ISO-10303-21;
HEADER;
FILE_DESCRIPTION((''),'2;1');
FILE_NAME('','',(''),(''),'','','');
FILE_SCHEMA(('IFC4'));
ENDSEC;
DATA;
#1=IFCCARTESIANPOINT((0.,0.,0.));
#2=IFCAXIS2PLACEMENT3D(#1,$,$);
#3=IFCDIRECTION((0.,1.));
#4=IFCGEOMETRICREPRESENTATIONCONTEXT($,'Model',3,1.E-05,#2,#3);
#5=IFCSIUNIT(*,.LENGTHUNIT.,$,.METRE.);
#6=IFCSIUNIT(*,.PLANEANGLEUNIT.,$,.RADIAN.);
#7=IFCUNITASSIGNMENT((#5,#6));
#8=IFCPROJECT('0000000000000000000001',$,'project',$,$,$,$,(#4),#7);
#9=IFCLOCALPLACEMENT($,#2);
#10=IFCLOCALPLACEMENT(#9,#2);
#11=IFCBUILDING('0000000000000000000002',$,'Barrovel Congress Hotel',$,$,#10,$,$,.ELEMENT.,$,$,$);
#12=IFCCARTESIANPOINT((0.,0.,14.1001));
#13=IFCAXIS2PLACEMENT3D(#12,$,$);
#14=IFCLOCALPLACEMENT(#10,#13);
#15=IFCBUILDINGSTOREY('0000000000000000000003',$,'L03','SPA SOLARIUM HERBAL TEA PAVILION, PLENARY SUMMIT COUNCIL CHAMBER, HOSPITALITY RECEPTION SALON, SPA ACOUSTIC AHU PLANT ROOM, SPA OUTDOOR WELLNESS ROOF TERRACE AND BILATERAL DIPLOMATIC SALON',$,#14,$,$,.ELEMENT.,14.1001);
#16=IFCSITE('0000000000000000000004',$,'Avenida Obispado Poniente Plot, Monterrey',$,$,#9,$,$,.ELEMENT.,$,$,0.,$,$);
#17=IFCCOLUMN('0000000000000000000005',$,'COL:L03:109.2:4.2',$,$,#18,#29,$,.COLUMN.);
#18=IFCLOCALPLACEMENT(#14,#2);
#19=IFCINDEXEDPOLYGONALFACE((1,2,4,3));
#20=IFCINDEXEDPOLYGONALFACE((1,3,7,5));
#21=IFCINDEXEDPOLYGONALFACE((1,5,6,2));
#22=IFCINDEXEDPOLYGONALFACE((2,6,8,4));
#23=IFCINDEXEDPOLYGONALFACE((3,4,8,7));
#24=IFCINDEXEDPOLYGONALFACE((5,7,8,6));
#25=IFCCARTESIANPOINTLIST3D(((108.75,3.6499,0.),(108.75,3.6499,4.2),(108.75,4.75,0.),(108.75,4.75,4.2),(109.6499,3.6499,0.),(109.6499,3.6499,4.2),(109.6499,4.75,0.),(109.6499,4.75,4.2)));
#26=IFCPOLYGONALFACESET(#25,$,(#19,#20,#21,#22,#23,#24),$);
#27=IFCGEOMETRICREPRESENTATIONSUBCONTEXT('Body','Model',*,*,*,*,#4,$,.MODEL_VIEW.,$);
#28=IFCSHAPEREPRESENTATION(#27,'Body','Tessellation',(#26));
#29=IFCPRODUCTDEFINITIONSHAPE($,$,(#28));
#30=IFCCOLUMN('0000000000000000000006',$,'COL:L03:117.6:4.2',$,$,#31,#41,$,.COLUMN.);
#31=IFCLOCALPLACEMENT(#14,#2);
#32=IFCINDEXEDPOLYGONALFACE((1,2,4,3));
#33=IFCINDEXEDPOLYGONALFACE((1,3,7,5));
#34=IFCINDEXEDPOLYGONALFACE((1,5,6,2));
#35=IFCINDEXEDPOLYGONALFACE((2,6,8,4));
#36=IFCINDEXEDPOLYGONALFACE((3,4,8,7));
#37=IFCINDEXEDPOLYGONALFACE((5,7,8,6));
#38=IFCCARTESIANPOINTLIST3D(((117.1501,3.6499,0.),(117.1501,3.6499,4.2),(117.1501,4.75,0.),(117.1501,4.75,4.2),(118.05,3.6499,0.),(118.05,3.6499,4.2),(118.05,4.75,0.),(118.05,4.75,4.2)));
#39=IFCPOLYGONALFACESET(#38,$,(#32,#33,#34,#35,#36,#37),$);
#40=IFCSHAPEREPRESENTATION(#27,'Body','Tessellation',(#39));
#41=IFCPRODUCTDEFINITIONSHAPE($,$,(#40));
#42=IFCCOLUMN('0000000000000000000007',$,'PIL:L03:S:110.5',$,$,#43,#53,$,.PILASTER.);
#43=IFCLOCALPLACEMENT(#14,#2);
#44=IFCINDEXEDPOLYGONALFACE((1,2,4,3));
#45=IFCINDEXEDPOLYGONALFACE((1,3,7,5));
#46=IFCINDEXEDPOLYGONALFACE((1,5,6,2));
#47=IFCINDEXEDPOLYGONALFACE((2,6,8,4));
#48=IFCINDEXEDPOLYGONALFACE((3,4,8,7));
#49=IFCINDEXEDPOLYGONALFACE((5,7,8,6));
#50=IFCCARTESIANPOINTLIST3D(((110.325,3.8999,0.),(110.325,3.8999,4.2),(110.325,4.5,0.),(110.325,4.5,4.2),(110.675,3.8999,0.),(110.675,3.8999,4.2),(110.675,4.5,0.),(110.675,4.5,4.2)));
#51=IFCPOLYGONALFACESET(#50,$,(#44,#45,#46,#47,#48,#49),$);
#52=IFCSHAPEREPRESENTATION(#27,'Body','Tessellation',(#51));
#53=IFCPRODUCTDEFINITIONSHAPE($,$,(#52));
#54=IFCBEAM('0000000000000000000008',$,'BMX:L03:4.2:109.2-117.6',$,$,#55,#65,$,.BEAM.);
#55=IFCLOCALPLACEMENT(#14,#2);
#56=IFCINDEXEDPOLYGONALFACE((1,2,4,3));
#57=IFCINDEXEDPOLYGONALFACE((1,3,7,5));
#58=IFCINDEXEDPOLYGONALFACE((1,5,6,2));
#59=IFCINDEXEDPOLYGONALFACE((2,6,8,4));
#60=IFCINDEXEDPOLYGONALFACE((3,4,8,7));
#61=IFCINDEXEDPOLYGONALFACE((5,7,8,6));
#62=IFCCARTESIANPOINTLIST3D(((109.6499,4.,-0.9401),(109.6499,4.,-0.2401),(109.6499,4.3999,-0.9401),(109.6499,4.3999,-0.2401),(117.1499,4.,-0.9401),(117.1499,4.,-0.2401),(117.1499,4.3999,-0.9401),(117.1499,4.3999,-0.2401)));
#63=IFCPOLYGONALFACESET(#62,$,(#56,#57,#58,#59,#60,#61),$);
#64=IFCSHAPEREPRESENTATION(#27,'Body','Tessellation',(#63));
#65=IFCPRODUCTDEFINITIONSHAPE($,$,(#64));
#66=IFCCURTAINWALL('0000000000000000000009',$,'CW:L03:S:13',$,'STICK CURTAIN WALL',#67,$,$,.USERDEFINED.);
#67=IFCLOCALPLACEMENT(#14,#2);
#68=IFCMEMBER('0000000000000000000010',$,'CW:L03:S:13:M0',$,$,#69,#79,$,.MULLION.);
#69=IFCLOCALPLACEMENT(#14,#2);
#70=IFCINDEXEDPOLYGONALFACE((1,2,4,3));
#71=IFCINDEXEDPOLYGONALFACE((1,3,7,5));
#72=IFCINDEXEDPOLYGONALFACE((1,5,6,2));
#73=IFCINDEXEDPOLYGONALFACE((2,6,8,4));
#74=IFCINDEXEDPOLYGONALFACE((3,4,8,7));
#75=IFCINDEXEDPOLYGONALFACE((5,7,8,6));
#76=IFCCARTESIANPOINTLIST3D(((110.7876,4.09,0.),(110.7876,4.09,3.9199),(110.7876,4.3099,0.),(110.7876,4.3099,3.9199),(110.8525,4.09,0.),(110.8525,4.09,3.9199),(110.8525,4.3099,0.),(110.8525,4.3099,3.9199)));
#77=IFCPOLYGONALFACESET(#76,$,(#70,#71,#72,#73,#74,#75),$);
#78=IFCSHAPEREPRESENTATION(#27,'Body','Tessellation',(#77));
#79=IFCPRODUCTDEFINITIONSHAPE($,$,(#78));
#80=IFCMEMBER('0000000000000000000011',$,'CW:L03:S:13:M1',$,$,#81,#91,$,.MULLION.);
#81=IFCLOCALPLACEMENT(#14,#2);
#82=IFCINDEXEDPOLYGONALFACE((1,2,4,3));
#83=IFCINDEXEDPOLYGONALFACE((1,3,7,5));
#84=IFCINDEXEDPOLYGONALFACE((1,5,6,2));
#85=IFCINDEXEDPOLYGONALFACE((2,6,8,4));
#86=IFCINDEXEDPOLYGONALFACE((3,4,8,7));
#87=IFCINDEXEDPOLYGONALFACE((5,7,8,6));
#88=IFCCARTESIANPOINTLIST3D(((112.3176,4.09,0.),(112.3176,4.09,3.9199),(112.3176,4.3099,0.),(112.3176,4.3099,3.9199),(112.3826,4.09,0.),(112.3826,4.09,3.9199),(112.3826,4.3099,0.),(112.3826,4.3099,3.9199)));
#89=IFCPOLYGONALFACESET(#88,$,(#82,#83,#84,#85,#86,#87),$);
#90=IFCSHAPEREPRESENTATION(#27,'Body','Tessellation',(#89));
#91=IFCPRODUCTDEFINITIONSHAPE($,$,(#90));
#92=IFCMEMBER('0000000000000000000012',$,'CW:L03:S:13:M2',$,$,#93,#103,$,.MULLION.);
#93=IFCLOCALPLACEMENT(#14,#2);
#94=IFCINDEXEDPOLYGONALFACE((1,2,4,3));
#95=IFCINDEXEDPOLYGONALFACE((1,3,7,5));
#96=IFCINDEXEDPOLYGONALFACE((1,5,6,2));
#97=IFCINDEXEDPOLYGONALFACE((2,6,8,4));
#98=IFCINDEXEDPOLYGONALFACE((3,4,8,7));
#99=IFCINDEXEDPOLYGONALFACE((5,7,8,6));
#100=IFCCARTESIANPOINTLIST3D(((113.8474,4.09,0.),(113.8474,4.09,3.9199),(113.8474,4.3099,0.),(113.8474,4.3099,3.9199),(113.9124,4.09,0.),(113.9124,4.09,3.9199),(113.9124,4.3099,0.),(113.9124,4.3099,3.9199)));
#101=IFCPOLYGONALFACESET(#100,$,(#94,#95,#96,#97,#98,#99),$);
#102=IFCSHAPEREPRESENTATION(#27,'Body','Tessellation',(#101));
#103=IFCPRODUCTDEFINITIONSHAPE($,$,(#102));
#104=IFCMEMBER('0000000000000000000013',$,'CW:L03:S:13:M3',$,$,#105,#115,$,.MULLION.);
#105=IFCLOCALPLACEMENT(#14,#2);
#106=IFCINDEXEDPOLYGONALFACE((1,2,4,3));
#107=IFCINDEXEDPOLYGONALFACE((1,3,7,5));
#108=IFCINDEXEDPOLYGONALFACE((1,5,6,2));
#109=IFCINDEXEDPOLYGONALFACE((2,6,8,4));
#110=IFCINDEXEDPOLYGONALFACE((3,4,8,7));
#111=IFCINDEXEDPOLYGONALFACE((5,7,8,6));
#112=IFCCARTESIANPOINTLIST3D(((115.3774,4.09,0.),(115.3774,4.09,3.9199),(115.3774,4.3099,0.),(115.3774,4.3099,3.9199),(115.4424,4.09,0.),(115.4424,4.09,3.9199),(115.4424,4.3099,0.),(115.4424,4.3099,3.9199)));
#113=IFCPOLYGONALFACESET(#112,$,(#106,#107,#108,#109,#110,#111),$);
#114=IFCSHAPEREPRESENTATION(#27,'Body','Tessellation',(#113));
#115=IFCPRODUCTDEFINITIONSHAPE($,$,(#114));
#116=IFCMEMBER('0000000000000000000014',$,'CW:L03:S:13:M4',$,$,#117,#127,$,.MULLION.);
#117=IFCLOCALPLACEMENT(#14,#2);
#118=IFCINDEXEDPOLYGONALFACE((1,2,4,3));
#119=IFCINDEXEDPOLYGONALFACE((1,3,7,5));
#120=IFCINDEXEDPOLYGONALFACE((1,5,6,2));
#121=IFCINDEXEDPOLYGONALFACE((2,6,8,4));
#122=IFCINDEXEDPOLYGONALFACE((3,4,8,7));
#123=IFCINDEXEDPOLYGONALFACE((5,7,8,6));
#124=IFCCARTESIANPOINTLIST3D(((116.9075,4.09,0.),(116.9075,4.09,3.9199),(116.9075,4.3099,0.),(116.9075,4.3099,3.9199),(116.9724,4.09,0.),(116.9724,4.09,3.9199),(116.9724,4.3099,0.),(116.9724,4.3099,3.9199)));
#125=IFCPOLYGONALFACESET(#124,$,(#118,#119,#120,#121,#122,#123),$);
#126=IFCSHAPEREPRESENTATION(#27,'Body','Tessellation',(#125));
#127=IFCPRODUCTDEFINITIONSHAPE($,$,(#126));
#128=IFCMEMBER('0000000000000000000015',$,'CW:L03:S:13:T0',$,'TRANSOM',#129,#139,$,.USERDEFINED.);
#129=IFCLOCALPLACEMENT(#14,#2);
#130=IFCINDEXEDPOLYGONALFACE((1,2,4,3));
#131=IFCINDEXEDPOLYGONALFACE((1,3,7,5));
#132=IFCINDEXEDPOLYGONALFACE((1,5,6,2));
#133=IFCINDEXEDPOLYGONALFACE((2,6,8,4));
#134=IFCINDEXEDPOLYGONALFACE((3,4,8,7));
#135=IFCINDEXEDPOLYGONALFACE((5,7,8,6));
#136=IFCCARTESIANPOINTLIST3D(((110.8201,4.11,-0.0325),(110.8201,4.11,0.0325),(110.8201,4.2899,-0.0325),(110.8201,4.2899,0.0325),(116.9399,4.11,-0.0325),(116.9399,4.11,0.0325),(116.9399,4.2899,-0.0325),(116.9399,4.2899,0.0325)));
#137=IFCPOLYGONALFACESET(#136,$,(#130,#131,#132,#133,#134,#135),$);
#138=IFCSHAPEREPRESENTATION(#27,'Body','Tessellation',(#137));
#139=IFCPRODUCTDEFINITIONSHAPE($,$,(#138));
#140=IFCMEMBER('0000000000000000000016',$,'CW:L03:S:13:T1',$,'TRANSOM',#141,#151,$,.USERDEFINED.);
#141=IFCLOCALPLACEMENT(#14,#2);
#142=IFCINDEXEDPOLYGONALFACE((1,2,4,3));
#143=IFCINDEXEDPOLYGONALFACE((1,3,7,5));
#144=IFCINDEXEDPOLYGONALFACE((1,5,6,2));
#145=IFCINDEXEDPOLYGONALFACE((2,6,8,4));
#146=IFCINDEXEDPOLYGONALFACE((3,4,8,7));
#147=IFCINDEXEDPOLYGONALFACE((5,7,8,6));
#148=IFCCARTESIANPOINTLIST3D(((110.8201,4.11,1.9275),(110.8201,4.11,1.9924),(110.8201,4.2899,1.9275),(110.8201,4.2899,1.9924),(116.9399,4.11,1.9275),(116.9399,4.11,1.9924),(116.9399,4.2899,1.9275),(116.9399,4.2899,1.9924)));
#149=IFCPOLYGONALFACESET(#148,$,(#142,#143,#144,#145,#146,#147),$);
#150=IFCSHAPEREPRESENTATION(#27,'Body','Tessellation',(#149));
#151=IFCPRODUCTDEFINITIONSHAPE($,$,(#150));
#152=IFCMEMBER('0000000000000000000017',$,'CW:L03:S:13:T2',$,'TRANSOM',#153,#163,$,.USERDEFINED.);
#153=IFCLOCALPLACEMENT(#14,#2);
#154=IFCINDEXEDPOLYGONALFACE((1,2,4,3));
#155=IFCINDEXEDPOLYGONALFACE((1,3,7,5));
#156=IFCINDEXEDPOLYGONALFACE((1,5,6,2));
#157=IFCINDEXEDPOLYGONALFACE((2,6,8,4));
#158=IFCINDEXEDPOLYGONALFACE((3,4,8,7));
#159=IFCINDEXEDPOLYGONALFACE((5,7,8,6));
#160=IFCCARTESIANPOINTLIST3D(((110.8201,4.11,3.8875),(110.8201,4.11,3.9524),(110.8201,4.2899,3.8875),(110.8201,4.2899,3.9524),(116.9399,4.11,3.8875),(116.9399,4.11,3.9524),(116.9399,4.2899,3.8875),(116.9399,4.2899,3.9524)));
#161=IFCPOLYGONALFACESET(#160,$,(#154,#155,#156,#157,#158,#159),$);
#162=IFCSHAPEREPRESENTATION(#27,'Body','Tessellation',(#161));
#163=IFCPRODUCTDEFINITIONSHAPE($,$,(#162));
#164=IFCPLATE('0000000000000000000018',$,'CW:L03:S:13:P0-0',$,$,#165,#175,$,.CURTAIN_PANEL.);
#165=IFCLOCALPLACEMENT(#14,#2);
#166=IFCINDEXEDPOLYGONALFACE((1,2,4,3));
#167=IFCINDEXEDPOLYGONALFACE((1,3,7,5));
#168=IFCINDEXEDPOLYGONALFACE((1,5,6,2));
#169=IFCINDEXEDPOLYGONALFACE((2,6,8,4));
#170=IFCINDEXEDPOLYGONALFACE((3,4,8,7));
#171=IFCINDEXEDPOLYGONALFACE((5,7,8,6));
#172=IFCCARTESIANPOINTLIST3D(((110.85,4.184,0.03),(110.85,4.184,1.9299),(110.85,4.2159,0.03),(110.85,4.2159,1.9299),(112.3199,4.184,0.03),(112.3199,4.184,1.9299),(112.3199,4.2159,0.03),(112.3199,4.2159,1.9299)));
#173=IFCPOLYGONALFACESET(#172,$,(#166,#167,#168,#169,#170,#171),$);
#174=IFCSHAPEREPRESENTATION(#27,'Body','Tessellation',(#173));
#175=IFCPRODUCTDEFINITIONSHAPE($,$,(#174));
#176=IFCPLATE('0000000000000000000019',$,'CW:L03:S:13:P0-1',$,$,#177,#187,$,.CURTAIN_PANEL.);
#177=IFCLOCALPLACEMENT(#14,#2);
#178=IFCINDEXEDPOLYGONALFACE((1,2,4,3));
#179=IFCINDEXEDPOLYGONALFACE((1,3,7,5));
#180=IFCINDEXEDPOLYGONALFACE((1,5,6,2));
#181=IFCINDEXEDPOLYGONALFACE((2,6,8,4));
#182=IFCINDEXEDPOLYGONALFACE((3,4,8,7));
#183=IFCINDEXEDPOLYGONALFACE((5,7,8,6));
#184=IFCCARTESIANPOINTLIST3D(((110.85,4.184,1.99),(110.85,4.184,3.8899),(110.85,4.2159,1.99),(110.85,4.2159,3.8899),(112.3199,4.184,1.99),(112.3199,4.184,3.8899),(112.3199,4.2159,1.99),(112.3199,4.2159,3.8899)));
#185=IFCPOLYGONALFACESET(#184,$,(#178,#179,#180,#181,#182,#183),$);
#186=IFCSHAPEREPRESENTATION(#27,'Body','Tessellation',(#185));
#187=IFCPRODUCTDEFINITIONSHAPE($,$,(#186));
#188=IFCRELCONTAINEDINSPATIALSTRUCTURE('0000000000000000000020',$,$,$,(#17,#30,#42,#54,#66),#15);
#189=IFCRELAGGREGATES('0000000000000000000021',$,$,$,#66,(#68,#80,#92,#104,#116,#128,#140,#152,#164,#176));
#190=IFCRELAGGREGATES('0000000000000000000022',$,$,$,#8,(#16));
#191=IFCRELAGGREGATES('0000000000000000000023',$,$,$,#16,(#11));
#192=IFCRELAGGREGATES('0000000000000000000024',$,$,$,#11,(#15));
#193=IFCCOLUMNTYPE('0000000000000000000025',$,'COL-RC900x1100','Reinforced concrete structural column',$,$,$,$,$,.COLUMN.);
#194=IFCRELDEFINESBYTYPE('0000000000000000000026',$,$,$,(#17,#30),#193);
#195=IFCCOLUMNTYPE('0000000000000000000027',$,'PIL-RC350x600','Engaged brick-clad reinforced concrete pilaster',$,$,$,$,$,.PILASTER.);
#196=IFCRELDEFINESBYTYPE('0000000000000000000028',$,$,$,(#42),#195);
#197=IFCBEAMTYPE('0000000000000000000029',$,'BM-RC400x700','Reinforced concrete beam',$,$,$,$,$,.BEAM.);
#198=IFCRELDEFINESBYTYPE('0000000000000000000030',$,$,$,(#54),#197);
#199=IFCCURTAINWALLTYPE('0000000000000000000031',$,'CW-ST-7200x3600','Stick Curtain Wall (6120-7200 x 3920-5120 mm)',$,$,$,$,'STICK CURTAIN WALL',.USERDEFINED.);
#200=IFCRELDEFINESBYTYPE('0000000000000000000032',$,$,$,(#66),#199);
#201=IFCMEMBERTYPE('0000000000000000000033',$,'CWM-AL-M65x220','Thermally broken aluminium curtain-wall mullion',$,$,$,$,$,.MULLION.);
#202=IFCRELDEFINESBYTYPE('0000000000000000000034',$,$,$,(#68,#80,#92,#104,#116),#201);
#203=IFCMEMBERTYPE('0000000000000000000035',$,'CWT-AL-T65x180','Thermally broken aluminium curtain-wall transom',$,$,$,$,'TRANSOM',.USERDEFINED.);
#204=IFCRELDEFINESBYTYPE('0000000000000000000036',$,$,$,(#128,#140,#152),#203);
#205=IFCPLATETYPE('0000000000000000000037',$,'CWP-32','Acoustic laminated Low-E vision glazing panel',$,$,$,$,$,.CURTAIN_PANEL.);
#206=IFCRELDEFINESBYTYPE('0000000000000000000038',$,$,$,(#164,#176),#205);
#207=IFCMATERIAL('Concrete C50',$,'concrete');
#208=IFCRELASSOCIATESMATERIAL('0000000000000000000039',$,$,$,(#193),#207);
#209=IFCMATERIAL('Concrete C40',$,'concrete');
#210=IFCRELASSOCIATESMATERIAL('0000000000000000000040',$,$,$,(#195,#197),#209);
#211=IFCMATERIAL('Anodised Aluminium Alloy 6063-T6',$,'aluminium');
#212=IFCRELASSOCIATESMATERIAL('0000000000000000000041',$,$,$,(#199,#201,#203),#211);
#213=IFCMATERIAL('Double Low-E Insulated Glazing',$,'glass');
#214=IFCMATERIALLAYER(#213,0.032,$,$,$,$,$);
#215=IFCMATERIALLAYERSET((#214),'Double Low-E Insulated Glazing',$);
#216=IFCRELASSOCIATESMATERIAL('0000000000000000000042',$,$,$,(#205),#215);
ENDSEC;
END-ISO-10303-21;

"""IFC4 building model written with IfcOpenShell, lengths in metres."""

from ifc_helpers import new_model, si_unit, direction, frame, origin, origin_2d, place, context, subcontext, project, spatial, rectangle, extrude, material, layer, layer_set, material_profile, profile_set, type_object, element, aggregate, save


model = new_model("IFC4")

# Units and contexts
model_context = context("Model", 3, precision=1e-05, world=origin(), true_north=direction((0.0, 1.0)))
body_context = subcontext(model_context, "Body", "Model", "MODEL_VIEW")
ifc_project = project(units=[si_unit("LENGTHUNIT", "METRE"), si_unit("PLANEANGLEUNIT", "RADIAN")], contexts=[model_context])

# Site, building, storey
site_placement = place(None, origin())
site = spatial("IfcSite", under=ifc_project, at=site_placement, Name="Avenida Obispado Poniente Plot, Monterrey", CompositionType="ELEMENT", RefElevation=0.0)
building_placement = place(site_placement, origin())
building = spatial("IfcBuilding", under=site, at=building_placement, Name="Barrovel Congress Hotel", CompositionType="ELEMENT")
storey_placement = place(building_placement, frame((0.0, 0.0, 14.1001)))
storey = spatial("IfcBuildingStorey", under=building, at=storey_placement, Name="L03", Description="SPA SOLARIUM HERBAL TEA PAVILION, PLENARY SUMMIT COUNCIL CHAMBER, HOSPITALITY RECEPTION SALON, SPA ACOUSTIC AHU PLANT ROOM, SPA OUTDOOR WELLNESS ROOF TERRACE AND BILATERAL DIPLOMATIC SALON", CompositionType="ELEMENT", Elevation=14.1001)

# Columns
ifc_material_1 = material(Name="Concrete C50", Category="concrete")
ifc_material_profile_1 = material_profile(ifc_material_1, rectangle(XDim=0.8999, YDim=1.1001, at=origin_2d()), Name="RC900x1100")
ifc_profile_set_1 = profile_set([ifc_material_profile_1], Name="Concrete C50")
column_type_1 = type_object("IfcColumnType", Name="COL-RC900x1100", Description="Reinforced concrete structural column", PredefinedType="COLUMN", material=ifc_profile_set_1)
for number, where, z_axis, x_axis, name in (
    (1, (109.2, 4.2, 0.0), (0.0, 0.0, 1.0), (1.0, 0.0, 0.0), "COL:L03:109.2:4.2"),
    (2, (117.6001, 4.2, 0.0), (0.0, 0.0, 1.0), (1.0, 0.0, 0.0), "COL:L03:117.6:4.2"),
):
    element("IfcColumn", number, at=place(storey_placement, frame(where, z_axis=z_axis, x_axis=x_axis)), inside=storey, type_object=column_type_1, Name=name, PredefinedType="COLUMN", context=body_context, shape_type="SweptSolid", body=[
        extrude(rectangle(XDim=0.8999, YDim=1.1001, at=origin_2d()), origin(), (0.0, 0.0, 1.0), 4.2),
    ])
ifc_material_2 = material(Name="Concrete C40", Category="concrete")
ifc_material_profile_2 = material_profile(ifc_material_2, rectangle(XDim=0.3501, YDim=0.6001, at=origin_2d()), Name="RC350x600")
ifc_profile_set_2 = profile_set([ifc_material_profile_2], Name="Concrete C40")
column_type_2 = type_object("IfcColumnType", Name="PIL-RC350x600", Description="Engaged brick-clad reinforced concrete pilaster", PredefinedType="PILASTER", material=ifc_profile_set_2)
column_placement = place(storey_placement, frame((110.5, 4.2, 0.0), z_axis=(0.0, 0.0, 1.0), x_axis=(1.0, 0.0, 0.0)))
element("IfcColumn", 3, at=column_placement, inside=storey, type_object=column_type_2, Name="PIL:L03:S:110.5", PredefinedType="PILASTER", context=body_context, shape_type="SweptSolid", body=[
    extrude(rectangle(XDim=0.3501, YDim=0.6001, at=origin_2d()), origin(), (0.0, 0.0, 1.0), 4.2),
])

# Beam
ifc_material_profile_3 = material_profile(ifc_material_2, rectangle(XDim=0.3999, YDim=0.7, at=origin_2d()), Name="RC400x700")
ifc_profile_set_3 = profile_set([ifc_material_profile_3], Name="Concrete C40")
beam_type = type_object("IfcBeamType", Name="BM-RC400x700", Description="Reinforced concrete beam", PredefinedType="BEAM", material=ifc_profile_set_3)
beam_placement = place(storey_placement, frame((109.6499, 4.2, -0.5901), z_axis=(1.0, 0.0, 0.0), x_axis=(0.0, 1.0, 0.0)))
element("IfcBeam", 4, at=beam_placement, inside=storey, type_object=beam_type, Name="BMX:L03:4.2:109.2-117.6", PredefinedType="BEAM", context=body_context, shape_type="SweptSolid", body=[
    extrude(rectangle(XDim=0.3999, YDim=0.7, at=origin_2d()), origin(), (0.0, 0.0, 1.0), 7.5),
])

# Curtain wall, members, plates
ifc_material_3 = material(Name="Anodised Aluminium Alloy 6063-T6", Category="aluminium")
curtain_wall_type = type_object("IfcCurtainWallType", Name="CW-ST-7200x3600", Description="Stick Curtain Wall (6120-7200 x 3920-5120 mm)", ElementType="STICK CURTAIN WALL", PredefinedType="USERDEFINED", material=ifc_material_3)
curtain_wall_placement = place(storey_placement, origin())
curtain_wall = element("IfcCurtainWall", 5, at=curtain_wall_placement, inside=storey, type_object=curtain_wall_type, Name="CW:L03:S:13", ObjectType="STICK CURTAIN WALL", PredefinedType="USERDEFINED")
ifc_material_profile_4 = material_profile(ifc_material_3, rectangle(XDim=0.0649, YDim=0.22, at=origin_2d()), Name="AL-M65x220")
ifc_profile_set_4 = profile_set([ifc_material_profile_4], Name="Anodised Aluminium Alloy 6063-T6")
member_type_1 = type_object("IfcMemberType", Name="CWM-AL-M65x220", Description="Thermally broken aluminium curtain-wall mullion", PredefinedType="MULLION", material=ifc_profile_set_4)
member_1_placement = place(storey_placement, frame((110.8201, 4.2, 0.0), z_axis=(0.0, 0.0, 1.0), x_axis=(1.0, 0.0, 0.0)))
member_1 = element("IfcMember", 6, at=member_1_placement, type_object=member_type_1, Name="CW:L03:S:13:M0", PredefinedType="MULLION", context=body_context, shape_type="SweptSolid", body=[
    extrude(rectangle(XDim=0.0649, YDim=0.22, at=origin_2d()), origin(), (0.0, 0.0, 1.0), 3.9199),
])
member_2_placement = place(storey_placement, frame((112.3501, 4.2, 0.0), z_axis=(0.0, 0.0, 1.0), x_axis=(1.0, 0.0, 0.0)))
member_2 = element("IfcMember", 7, at=member_2_placement, type_object=member_type_1, Name="CW:L03:S:13:M1", PredefinedType="MULLION", context=body_context, shape_type="SweptSolid", body=[
    extrude(rectangle(XDim=0.0649, YDim=0.22, at=origin_2d()), origin(), (0.0, 0.0, 1.0), 3.9199),
])
member_3_placement = place(storey_placement, frame((113.8799, 4.2, 0.0), z_axis=(0.0, 0.0, 1.0), x_axis=(1.0, 0.0, 0.0)))
member_3 = element("IfcMember", 8, at=member_3_placement, type_object=member_type_1, Name="CW:L03:S:13:M2", PredefinedType="MULLION", context=body_context, shape_type="SweptSolid", body=[
    extrude(rectangle(XDim=0.0649, YDim=0.22, at=origin_2d()), origin(), (0.0, 0.0, 1.0), 3.9199),
])
member_4_placement = place(storey_placement, frame((115.4099, 4.2, 0.0), z_axis=(0.0, 0.0, 1.0), x_axis=(1.0, 0.0, 0.0)))
member_4 = element("IfcMember", 9, at=member_4_placement, type_object=member_type_1, Name="CW:L03:S:13:M3", PredefinedType="MULLION", context=body_context, shape_type="SweptSolid", body=[
    extrude(rectangle(XDim=0.0649, YDim=0.22, at=origin_2d()), origin(), (0.0, 0.0, 1.0), 3.9199),
])
member_5_placement = place(storey_placement, frame((116.9399, 4.2, 0.0), z_axis=(0.0, 0.0, 1.0), x_axis=(1.0, 0.0, 0.0)))
member_5 = element("IfcMember", 10, at=member_5_placement, type_object=member_type_1, Name="CW:L03:S:13:M4", PredefinedType="MULLION", context=body_context, shape_type="SweptSolid", body=[
    extrude(rectangle(XDim=0.0649, YDim=0.22, at=origin_2d()), origin(), (0.0, 0.0, 1.0), 3.9199),
])
ifc_material_profile_5 = material_profile(ifc_material_3, rectangle(XDim=0.1799, YDim=0.0649, at=origin_2d()), Name="AL-T65x180")
ifc_profile_set_5 = profile_set([ifc_material_profile_5], Name="Anodised Aluminium Alloy 6063-T6")
member_type_2 = type_object("IfcMemberType", Name="CWT-AL-T65x180", Description="Thermally broken aluminium curtain-wall transom", ElementType="TRANSOM", PredefinedType="USERDEFINED", material=ifc_profile_set_5)
member_6_placement = place(storey_placement, frame((110.8201, 4.2, 0.0), z_axis=(1.0, 0.0, 0.0), x_axis=(0.0, 1.0, 0.0)))
member_6 = element("IfcMember", 11, at=member_6_placement, type_object=member_type_2, Name="CW:L03:S:13:T0", ObjectType="TRANSOM", PredefinedType="USERDEFINED", context=body_context, shape_type="SweptSolid", body=[
    extrude(rectangle(XDim=0.1799, YDim=0.0649, at=origin_2d()), origin(), (0.0, 0.0, 1.0), 6.1199),
])
member_7_placement = place(storey_placement, frame((110.8201, 4.2, 1.96), z_axis=(1.0, 0.0, 0.0), x_axis=(0.0, 1.0, 0.0)))
member_7 = element("IfcMember", 12, at=member_7_placement, type_object=member_type_2, Name="CW:L03:S:13:T1", ObjectType="TRANSOM", PredefinedType="USERDEFINED", context=body_context, shape_type="SweptSolid", body=[
    extrude(rectangle(XDim=0.1799, YDim=0.0649, at=origin_2d()), origin(), (0.0, 0.0, 1.0), 6.1199),
])
member_8_placement = place(storey_placement, frame((110.8201, 4.2, 3.9199), z_axis=(1.0, 0.0, 0.0), x_axis=(0.0, 1.0, 0.0)))
member_8 = element("IfcMember", 13, at=member_8_placement, type_object=member_type_2, Name="CW:L03:S:13:T2", ObjectType="TRANSOM", PredefinedType="USERDEFINED", context=body_context, shape_type="SweptSolid", body=[
    extrude(rectangle(XDim=0.1799, YDim=0.0649, at=origin_2d()), origin(), (0.0, 0.0, 1.0), 6.1199),
])
ifc_material_4 = material(Name="Double Low-E Insulated Glazing", Category="glass")
ifc_layer_1 = layer(ifc_material_4, 0.032)
ifc_layer_set_1 = layer_set([ifc_layer_1], Name="Double Low-E Insulated Glazing")
plate_type = type_object("IfcPlateType", Name="CWP-32", Description="Acoustic laminated Low-E vision glazing panel", PredefinedType="CURTAIN_PANEL", material=ifc_layer_set_1)
plate_1_placement = place(storey_placement, frame((111.585, 4.2, 0.03), z_axis=(0.0, 0.0, 1.0), x_axis=(1.0, 0.0, 0.0)))
plate_1 = element("IfcPlate", 14, at=plate_1_placement, type_object=plate_type, Name="CW:L03:S:13:P0-0", PredefinedType="CURTAIN_PANEL", context=body_context, shape_type="SweptSolid", body=[
    extrude(rectangle(XDim=1.47, YDim=0.032, at=origin_2d()), origin(), (0.0, 0.0, 1.0), 1.8999),
])
plate_2_placement = place(storey_placement, frame((111.585, 4.2, 1.99), z_axis=(0.0, 0.0, 1.0), x_axis=(1.0, 0.0, 0.0)))
plate_2 = element("IfcPlate", 15, at=plate_2_placement, type_object=plate_type, Name="CW:L03:S:13:P0-1", PredefinedType="CURTAIN_PANEL", context=body_context, shape_type="SweptSolid", body=[
    extrude(rectangle(XDim=1.47, YDim=0.032, at=origin_2d()), origin(), (0.0, 0.0, 1.0), 1.8999),
])
aggregate(curtain_wall, [member_1, member_2, member_3, member_4, member_5, member_6, member_7, member_8, plate_1, plate_2])

save(model, "model.ifc")
